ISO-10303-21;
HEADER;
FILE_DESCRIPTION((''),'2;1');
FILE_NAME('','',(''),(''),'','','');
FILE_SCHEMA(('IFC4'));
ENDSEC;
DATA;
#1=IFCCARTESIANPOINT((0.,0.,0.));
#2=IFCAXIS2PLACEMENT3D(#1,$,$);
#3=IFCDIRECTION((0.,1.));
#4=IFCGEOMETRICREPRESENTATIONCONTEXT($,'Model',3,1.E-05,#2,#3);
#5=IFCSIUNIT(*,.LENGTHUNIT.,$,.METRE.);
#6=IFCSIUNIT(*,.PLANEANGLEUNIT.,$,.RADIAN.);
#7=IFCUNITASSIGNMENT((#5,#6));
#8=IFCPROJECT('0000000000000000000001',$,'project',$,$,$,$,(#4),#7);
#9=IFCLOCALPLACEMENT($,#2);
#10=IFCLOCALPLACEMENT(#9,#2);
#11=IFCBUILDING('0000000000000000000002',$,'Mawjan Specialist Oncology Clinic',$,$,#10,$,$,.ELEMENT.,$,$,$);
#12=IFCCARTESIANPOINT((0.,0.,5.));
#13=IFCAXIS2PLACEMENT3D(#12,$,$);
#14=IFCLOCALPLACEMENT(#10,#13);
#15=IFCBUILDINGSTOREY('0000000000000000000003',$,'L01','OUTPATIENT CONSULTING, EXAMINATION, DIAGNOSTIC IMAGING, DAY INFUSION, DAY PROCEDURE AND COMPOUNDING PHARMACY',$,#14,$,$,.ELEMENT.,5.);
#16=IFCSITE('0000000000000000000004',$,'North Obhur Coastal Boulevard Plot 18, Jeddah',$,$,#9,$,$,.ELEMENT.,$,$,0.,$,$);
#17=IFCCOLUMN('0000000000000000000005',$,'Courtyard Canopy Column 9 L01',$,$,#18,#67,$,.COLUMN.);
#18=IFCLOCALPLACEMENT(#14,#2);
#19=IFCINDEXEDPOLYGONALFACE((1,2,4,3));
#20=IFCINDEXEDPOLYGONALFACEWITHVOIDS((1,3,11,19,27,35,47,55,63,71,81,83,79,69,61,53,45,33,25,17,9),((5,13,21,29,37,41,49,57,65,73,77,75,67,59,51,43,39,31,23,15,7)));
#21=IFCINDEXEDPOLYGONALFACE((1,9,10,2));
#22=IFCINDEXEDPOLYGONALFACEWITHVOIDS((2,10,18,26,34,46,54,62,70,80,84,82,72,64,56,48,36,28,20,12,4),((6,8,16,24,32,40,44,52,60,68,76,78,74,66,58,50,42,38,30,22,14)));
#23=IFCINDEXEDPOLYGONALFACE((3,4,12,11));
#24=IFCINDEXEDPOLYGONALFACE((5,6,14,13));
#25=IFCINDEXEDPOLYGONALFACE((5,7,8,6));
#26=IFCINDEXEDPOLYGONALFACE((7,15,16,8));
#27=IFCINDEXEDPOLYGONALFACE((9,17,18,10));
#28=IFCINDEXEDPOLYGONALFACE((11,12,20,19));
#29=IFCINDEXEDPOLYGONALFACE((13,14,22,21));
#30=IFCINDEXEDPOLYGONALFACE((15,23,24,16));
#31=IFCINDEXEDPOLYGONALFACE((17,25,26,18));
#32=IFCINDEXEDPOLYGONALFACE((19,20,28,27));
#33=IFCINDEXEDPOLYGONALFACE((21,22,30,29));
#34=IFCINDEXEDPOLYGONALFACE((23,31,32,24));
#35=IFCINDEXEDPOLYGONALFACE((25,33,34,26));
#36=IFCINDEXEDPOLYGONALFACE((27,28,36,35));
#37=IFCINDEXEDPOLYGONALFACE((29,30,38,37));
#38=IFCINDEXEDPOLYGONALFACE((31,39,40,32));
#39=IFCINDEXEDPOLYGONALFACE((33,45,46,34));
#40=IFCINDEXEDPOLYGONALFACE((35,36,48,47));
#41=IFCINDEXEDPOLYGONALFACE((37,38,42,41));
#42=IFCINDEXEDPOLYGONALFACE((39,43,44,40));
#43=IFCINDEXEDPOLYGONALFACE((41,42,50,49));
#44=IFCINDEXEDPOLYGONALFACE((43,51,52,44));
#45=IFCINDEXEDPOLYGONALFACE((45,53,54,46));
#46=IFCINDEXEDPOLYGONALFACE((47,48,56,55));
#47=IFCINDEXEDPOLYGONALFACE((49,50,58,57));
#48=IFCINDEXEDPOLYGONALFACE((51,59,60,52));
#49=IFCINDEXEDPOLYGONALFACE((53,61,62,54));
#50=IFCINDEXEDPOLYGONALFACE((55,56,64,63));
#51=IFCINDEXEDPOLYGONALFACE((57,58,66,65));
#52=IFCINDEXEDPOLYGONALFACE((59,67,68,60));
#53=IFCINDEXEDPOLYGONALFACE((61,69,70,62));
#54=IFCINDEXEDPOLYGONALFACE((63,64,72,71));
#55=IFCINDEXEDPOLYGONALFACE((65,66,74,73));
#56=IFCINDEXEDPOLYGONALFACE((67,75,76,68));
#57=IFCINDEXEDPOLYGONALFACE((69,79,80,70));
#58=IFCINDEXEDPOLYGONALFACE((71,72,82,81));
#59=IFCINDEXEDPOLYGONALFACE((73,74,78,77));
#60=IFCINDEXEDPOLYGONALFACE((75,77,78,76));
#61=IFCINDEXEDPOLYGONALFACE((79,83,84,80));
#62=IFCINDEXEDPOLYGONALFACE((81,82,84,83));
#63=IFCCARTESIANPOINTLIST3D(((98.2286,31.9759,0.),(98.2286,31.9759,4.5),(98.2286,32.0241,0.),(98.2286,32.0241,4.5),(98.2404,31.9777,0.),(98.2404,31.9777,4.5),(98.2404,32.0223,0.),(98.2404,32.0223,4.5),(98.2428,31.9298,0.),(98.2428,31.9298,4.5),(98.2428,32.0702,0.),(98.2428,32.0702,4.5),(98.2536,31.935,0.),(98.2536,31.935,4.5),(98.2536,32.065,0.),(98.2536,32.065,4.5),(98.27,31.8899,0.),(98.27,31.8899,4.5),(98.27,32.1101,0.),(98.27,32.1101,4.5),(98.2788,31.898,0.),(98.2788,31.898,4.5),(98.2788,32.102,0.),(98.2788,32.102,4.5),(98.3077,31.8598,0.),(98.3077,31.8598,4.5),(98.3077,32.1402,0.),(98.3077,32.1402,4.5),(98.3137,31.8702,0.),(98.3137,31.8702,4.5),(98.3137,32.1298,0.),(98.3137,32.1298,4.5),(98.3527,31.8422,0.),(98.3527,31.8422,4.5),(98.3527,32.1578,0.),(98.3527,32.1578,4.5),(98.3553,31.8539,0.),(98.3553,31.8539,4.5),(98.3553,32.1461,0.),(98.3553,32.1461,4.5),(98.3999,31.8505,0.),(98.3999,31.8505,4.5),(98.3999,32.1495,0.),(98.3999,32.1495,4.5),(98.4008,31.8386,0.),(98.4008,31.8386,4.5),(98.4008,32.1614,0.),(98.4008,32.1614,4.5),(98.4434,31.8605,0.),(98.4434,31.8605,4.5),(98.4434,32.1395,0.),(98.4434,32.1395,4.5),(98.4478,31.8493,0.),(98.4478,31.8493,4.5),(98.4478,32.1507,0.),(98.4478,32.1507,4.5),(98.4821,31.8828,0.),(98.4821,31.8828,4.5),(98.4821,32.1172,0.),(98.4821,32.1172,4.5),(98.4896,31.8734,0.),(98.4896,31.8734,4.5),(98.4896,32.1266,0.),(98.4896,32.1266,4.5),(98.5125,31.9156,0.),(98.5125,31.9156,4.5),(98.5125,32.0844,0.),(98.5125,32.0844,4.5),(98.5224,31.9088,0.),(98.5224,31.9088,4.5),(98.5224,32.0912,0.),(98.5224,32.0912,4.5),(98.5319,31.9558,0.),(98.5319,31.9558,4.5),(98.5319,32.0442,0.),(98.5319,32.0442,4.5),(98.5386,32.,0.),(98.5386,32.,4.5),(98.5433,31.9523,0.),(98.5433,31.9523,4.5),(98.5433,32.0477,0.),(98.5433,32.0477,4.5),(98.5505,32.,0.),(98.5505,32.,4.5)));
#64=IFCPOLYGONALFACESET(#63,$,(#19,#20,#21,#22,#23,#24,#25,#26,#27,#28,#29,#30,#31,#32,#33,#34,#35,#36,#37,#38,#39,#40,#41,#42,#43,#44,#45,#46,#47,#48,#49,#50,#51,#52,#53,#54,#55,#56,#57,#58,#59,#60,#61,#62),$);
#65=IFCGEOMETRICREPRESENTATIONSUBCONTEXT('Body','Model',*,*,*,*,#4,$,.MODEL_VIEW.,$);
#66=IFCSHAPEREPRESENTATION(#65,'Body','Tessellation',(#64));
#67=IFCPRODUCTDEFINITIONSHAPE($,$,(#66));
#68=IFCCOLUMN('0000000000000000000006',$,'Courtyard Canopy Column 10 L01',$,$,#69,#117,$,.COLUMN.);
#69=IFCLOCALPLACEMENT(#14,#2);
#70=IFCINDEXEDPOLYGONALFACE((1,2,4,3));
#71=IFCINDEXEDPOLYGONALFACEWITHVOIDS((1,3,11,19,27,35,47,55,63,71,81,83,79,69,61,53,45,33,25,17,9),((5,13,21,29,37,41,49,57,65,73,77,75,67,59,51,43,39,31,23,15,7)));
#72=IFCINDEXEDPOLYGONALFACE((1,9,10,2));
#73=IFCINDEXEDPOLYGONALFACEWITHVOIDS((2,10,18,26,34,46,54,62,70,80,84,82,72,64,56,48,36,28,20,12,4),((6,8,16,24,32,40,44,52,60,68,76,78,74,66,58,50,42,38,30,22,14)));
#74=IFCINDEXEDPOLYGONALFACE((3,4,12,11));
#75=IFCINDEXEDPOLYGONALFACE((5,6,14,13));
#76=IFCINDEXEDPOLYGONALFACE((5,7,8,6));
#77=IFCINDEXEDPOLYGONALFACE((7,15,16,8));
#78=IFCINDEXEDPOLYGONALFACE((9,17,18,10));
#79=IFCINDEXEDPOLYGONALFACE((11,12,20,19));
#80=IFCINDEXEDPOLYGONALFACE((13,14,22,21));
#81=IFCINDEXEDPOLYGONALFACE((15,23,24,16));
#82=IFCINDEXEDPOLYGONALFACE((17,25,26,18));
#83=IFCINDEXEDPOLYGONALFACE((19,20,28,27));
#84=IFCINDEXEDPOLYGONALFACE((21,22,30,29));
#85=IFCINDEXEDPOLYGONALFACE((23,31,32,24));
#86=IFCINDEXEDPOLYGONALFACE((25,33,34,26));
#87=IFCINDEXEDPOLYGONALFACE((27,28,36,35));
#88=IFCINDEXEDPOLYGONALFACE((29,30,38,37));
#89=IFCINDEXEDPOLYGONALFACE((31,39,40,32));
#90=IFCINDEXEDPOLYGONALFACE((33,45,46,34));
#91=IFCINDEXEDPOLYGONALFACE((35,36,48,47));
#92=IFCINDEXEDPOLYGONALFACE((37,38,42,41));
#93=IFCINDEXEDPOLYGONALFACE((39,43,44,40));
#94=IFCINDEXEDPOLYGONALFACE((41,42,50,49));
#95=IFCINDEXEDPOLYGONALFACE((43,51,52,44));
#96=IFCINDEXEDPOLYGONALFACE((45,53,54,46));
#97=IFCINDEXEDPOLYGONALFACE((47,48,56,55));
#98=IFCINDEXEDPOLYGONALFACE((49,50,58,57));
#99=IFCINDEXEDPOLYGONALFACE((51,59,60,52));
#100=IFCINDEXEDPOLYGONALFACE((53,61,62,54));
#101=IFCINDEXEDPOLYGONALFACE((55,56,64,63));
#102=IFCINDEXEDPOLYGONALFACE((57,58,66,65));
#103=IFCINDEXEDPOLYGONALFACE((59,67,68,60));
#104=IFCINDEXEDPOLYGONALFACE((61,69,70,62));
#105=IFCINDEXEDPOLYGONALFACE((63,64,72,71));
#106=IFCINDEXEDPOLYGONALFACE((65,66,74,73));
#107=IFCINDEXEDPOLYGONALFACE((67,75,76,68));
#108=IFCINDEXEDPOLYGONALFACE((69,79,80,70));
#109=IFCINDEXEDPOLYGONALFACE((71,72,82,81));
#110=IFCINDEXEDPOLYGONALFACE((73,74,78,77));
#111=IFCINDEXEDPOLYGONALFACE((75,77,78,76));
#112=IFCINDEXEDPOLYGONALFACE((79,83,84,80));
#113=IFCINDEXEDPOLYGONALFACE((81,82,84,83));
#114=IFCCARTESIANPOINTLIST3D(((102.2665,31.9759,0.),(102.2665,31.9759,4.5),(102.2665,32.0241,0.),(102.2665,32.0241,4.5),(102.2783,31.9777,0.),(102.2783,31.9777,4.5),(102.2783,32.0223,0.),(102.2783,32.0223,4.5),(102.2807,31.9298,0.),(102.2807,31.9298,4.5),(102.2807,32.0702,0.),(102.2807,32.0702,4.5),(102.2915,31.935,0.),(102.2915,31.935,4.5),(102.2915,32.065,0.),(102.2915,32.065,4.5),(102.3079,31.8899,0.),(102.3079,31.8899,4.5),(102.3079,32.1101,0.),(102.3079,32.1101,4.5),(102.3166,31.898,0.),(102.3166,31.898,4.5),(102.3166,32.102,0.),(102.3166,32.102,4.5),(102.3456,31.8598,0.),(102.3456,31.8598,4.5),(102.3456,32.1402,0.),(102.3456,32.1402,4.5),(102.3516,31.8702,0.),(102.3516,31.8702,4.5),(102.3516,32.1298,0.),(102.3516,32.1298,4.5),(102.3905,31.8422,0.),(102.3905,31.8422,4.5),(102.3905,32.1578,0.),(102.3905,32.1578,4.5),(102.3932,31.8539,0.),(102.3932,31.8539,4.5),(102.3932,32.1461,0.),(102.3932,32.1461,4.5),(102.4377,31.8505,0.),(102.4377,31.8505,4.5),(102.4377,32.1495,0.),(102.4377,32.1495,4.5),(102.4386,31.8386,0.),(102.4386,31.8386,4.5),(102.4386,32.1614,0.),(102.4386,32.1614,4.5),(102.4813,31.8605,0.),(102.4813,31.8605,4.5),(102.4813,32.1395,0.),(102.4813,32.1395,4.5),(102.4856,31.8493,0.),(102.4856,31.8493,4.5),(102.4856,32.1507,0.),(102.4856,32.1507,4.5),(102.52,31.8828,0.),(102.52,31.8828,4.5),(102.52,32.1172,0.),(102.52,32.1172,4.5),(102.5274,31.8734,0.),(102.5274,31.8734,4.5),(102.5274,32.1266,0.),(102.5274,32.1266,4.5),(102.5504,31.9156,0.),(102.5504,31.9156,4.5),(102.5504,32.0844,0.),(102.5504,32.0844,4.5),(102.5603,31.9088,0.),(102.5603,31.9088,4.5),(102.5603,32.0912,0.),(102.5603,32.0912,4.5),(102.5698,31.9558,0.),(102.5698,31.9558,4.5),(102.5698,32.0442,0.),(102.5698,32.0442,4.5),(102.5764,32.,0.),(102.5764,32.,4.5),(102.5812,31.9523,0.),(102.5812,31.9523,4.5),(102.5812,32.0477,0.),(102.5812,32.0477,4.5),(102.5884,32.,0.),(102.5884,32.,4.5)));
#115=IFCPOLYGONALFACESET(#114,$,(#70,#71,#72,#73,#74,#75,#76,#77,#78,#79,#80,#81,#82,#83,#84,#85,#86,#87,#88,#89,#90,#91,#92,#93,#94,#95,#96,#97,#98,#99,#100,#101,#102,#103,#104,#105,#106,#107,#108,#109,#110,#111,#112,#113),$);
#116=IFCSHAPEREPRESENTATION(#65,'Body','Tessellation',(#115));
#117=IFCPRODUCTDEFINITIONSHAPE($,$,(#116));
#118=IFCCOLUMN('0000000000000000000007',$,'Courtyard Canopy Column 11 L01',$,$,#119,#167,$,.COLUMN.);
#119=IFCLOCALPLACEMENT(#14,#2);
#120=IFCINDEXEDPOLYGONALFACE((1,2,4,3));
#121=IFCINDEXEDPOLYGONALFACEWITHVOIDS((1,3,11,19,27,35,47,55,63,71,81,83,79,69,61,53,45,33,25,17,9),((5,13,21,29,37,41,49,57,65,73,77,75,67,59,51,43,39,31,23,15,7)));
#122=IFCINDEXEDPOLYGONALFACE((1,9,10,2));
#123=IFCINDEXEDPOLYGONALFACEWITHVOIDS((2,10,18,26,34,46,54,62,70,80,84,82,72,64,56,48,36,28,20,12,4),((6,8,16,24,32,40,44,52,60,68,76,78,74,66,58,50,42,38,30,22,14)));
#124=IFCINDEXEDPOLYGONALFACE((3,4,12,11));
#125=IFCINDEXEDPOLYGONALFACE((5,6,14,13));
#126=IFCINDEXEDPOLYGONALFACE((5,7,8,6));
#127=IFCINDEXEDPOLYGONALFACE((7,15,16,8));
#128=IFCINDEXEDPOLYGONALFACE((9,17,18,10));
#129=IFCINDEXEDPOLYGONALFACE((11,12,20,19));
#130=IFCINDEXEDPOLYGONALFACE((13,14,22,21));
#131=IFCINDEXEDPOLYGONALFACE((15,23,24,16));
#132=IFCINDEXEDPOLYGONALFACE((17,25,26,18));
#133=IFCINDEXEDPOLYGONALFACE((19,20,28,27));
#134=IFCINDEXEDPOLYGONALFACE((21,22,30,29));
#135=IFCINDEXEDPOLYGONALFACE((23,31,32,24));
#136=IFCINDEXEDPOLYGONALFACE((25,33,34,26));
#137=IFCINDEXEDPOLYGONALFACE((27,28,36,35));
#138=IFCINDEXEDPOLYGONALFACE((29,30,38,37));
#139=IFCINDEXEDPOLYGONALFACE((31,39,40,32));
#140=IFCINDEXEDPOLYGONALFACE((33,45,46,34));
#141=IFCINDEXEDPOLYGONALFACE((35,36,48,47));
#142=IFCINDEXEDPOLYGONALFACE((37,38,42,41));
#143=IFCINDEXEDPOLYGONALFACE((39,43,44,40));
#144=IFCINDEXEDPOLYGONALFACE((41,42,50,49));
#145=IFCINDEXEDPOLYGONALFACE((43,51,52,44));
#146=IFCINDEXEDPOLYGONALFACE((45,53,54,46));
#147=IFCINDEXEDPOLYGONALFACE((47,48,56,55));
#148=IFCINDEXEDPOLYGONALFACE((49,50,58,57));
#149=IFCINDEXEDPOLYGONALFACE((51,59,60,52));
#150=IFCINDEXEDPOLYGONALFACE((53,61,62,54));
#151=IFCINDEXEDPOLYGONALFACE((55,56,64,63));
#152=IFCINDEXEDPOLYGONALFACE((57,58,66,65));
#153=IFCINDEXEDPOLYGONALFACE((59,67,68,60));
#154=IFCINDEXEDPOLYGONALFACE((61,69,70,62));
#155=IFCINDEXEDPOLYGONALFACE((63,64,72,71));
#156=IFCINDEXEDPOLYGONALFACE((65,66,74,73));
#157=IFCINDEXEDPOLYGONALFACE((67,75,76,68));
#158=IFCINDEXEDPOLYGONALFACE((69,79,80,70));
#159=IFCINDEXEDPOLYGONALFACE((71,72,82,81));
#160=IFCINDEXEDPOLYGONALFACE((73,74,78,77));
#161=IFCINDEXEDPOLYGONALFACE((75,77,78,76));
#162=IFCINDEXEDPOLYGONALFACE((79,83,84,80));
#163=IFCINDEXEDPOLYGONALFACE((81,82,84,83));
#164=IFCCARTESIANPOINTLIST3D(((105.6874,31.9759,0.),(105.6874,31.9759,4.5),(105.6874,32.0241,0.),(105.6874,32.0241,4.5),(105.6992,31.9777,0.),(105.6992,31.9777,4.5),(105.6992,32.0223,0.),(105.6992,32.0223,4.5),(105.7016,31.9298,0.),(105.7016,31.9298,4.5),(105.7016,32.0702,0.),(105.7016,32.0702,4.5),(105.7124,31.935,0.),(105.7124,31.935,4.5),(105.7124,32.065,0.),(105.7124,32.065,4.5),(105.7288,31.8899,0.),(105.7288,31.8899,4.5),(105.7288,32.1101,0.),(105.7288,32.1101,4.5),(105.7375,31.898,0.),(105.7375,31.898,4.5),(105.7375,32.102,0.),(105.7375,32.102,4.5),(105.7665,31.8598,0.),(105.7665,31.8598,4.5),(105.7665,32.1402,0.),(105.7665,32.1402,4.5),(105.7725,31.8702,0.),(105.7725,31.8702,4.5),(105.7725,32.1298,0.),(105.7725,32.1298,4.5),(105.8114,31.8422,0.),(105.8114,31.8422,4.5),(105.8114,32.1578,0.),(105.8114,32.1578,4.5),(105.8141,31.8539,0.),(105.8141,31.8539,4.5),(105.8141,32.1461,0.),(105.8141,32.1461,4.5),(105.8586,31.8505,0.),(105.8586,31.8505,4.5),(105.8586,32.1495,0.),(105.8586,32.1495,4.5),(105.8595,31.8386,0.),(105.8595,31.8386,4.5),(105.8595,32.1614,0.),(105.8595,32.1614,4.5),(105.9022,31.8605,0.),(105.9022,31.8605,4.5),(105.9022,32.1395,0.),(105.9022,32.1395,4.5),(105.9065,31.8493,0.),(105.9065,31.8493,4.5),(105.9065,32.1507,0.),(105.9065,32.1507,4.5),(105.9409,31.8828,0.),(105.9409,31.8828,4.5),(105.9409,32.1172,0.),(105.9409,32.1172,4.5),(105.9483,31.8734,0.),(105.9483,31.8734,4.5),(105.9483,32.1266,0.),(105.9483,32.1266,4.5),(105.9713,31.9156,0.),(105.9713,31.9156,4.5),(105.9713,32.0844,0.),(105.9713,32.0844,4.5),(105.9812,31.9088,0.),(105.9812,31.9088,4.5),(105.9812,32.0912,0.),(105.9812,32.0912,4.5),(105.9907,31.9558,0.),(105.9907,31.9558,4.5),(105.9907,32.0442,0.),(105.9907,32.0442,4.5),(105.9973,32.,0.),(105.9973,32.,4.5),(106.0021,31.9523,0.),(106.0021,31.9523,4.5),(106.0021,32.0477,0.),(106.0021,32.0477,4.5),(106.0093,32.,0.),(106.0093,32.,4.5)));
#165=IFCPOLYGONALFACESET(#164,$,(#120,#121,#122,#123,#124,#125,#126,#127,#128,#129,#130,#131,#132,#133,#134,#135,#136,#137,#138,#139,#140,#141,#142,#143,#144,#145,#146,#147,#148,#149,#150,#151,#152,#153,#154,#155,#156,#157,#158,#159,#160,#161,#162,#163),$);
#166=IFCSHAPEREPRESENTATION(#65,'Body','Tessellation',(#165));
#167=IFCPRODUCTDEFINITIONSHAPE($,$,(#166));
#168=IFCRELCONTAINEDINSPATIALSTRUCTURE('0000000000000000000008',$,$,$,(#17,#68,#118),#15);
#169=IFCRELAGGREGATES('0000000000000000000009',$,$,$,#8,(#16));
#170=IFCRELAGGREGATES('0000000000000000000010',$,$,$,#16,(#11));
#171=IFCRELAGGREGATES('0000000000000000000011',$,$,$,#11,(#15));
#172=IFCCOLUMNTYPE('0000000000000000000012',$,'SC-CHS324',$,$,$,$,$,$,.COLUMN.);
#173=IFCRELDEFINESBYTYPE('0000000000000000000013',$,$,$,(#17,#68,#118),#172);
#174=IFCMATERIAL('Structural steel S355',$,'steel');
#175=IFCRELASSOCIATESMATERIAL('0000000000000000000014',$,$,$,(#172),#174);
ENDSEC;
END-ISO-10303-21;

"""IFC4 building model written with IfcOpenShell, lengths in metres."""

from ifc_helpers import new_model, si_unit, direction, frame, origin, origin_2d, place, context, subcontext, project, spatial, hollow_circle, extrude, material, material_profile, profile_set, type_object, element, save


model = new_model("IFC4")

# Units and contexts
model_context = context("Model", 3, precision=1e-05, world=origin(), true_north=direction((0.0, 1.0)))
body_context = subcontext(model_context, "Body", "Model", "MODEL_VIEW")
ifc_project = project(units=[si_unit("LENGTHUNIT", "METRE"), si_unit("PLANEANGLEUNIT", "RADIAN")], contexts=[model_context])

# Site, building, storey
site_placement = place(None, origin())
site = spatial("IfcSite", under=ifc_project, at=site_placement, Name="North Obhur Coastal Boulevard Plot 18, Jeddah", CompositionType="ELEMENT", RefElevation=0.0)
building_placement = place(site_placement, origin())
building = spatial("IfcBuilding", under=site, at=building_placement, Name="Mawjan Specialist Oncology Clinic", CompositionType="ELEMENT")
storey_placement = place(building_placement, frame((0.0, 0.0, 5.0)))
storey = spatial("IfcBuildingStorey", under=building, at=storey_placement, Name="L01", Description="OUTPATIENT CONSULTING, EXAMINATION, DIAGNOSTIC IMAGING, DAY INFUSION, DAY PROCEDURE AND COMPOUNDING PHARMACY", CompositionType="ELEMENT", Elevation=5.0)

# Columns
ifc_material_1 = material(Name="Structural steel S355", Category="steel")
ifc_material_profile = material_profile(ifc_material_1, hollow_circle(Radius=0.1619, WallThickness=0.012, at=origin_2d()), Name="CHS 323.9x12", Category="steel")
ifc_profile_set = profile_set([ifc_material_profile], Name="Structural steel S355")
column_type = type_object("IfcColumnType", Name="SC-CHS324", PredefinedType="COLUMN", material=ifc_profile_set)
for number, where, z_axis, x_axis, name in (
    (1, (98.3887, 32.0, 0.0), (0.0, 0.0, 1.0), (1.0, 0.0, 0.0), "Courtyard Canopy Column 9 L01"),
    (2, (102.4265, 32.0, 0.0), (0.0, 0.0, 1.0), (1.0, 0.0, 0.0), "Courtyard Canopy Column 10 L01"),
    (3, (105.8474, 32.0, 0.0), (0.0, 0.0, 1.0), (1.0, 0.0, 0.0), "Courtyard Canopy Column 11 L01"),
):
    element("IfcColumn", number, at=place(storey_placement, frame(where, z_axis=z_axis, x_axis=x_axis)), inside=storey, type_object=column_type, Name=name, PredefinedType="COLUMN", context=body_context, shape_type="SweptSolid", body=[
        extrude(hollow_circle(Radius=0.1619, WallThickness=0.012, at=origin_2d()), origin(), (0.0, 0.0, 1.0), 4.5),
    ])

save(model, "model.ifc")
